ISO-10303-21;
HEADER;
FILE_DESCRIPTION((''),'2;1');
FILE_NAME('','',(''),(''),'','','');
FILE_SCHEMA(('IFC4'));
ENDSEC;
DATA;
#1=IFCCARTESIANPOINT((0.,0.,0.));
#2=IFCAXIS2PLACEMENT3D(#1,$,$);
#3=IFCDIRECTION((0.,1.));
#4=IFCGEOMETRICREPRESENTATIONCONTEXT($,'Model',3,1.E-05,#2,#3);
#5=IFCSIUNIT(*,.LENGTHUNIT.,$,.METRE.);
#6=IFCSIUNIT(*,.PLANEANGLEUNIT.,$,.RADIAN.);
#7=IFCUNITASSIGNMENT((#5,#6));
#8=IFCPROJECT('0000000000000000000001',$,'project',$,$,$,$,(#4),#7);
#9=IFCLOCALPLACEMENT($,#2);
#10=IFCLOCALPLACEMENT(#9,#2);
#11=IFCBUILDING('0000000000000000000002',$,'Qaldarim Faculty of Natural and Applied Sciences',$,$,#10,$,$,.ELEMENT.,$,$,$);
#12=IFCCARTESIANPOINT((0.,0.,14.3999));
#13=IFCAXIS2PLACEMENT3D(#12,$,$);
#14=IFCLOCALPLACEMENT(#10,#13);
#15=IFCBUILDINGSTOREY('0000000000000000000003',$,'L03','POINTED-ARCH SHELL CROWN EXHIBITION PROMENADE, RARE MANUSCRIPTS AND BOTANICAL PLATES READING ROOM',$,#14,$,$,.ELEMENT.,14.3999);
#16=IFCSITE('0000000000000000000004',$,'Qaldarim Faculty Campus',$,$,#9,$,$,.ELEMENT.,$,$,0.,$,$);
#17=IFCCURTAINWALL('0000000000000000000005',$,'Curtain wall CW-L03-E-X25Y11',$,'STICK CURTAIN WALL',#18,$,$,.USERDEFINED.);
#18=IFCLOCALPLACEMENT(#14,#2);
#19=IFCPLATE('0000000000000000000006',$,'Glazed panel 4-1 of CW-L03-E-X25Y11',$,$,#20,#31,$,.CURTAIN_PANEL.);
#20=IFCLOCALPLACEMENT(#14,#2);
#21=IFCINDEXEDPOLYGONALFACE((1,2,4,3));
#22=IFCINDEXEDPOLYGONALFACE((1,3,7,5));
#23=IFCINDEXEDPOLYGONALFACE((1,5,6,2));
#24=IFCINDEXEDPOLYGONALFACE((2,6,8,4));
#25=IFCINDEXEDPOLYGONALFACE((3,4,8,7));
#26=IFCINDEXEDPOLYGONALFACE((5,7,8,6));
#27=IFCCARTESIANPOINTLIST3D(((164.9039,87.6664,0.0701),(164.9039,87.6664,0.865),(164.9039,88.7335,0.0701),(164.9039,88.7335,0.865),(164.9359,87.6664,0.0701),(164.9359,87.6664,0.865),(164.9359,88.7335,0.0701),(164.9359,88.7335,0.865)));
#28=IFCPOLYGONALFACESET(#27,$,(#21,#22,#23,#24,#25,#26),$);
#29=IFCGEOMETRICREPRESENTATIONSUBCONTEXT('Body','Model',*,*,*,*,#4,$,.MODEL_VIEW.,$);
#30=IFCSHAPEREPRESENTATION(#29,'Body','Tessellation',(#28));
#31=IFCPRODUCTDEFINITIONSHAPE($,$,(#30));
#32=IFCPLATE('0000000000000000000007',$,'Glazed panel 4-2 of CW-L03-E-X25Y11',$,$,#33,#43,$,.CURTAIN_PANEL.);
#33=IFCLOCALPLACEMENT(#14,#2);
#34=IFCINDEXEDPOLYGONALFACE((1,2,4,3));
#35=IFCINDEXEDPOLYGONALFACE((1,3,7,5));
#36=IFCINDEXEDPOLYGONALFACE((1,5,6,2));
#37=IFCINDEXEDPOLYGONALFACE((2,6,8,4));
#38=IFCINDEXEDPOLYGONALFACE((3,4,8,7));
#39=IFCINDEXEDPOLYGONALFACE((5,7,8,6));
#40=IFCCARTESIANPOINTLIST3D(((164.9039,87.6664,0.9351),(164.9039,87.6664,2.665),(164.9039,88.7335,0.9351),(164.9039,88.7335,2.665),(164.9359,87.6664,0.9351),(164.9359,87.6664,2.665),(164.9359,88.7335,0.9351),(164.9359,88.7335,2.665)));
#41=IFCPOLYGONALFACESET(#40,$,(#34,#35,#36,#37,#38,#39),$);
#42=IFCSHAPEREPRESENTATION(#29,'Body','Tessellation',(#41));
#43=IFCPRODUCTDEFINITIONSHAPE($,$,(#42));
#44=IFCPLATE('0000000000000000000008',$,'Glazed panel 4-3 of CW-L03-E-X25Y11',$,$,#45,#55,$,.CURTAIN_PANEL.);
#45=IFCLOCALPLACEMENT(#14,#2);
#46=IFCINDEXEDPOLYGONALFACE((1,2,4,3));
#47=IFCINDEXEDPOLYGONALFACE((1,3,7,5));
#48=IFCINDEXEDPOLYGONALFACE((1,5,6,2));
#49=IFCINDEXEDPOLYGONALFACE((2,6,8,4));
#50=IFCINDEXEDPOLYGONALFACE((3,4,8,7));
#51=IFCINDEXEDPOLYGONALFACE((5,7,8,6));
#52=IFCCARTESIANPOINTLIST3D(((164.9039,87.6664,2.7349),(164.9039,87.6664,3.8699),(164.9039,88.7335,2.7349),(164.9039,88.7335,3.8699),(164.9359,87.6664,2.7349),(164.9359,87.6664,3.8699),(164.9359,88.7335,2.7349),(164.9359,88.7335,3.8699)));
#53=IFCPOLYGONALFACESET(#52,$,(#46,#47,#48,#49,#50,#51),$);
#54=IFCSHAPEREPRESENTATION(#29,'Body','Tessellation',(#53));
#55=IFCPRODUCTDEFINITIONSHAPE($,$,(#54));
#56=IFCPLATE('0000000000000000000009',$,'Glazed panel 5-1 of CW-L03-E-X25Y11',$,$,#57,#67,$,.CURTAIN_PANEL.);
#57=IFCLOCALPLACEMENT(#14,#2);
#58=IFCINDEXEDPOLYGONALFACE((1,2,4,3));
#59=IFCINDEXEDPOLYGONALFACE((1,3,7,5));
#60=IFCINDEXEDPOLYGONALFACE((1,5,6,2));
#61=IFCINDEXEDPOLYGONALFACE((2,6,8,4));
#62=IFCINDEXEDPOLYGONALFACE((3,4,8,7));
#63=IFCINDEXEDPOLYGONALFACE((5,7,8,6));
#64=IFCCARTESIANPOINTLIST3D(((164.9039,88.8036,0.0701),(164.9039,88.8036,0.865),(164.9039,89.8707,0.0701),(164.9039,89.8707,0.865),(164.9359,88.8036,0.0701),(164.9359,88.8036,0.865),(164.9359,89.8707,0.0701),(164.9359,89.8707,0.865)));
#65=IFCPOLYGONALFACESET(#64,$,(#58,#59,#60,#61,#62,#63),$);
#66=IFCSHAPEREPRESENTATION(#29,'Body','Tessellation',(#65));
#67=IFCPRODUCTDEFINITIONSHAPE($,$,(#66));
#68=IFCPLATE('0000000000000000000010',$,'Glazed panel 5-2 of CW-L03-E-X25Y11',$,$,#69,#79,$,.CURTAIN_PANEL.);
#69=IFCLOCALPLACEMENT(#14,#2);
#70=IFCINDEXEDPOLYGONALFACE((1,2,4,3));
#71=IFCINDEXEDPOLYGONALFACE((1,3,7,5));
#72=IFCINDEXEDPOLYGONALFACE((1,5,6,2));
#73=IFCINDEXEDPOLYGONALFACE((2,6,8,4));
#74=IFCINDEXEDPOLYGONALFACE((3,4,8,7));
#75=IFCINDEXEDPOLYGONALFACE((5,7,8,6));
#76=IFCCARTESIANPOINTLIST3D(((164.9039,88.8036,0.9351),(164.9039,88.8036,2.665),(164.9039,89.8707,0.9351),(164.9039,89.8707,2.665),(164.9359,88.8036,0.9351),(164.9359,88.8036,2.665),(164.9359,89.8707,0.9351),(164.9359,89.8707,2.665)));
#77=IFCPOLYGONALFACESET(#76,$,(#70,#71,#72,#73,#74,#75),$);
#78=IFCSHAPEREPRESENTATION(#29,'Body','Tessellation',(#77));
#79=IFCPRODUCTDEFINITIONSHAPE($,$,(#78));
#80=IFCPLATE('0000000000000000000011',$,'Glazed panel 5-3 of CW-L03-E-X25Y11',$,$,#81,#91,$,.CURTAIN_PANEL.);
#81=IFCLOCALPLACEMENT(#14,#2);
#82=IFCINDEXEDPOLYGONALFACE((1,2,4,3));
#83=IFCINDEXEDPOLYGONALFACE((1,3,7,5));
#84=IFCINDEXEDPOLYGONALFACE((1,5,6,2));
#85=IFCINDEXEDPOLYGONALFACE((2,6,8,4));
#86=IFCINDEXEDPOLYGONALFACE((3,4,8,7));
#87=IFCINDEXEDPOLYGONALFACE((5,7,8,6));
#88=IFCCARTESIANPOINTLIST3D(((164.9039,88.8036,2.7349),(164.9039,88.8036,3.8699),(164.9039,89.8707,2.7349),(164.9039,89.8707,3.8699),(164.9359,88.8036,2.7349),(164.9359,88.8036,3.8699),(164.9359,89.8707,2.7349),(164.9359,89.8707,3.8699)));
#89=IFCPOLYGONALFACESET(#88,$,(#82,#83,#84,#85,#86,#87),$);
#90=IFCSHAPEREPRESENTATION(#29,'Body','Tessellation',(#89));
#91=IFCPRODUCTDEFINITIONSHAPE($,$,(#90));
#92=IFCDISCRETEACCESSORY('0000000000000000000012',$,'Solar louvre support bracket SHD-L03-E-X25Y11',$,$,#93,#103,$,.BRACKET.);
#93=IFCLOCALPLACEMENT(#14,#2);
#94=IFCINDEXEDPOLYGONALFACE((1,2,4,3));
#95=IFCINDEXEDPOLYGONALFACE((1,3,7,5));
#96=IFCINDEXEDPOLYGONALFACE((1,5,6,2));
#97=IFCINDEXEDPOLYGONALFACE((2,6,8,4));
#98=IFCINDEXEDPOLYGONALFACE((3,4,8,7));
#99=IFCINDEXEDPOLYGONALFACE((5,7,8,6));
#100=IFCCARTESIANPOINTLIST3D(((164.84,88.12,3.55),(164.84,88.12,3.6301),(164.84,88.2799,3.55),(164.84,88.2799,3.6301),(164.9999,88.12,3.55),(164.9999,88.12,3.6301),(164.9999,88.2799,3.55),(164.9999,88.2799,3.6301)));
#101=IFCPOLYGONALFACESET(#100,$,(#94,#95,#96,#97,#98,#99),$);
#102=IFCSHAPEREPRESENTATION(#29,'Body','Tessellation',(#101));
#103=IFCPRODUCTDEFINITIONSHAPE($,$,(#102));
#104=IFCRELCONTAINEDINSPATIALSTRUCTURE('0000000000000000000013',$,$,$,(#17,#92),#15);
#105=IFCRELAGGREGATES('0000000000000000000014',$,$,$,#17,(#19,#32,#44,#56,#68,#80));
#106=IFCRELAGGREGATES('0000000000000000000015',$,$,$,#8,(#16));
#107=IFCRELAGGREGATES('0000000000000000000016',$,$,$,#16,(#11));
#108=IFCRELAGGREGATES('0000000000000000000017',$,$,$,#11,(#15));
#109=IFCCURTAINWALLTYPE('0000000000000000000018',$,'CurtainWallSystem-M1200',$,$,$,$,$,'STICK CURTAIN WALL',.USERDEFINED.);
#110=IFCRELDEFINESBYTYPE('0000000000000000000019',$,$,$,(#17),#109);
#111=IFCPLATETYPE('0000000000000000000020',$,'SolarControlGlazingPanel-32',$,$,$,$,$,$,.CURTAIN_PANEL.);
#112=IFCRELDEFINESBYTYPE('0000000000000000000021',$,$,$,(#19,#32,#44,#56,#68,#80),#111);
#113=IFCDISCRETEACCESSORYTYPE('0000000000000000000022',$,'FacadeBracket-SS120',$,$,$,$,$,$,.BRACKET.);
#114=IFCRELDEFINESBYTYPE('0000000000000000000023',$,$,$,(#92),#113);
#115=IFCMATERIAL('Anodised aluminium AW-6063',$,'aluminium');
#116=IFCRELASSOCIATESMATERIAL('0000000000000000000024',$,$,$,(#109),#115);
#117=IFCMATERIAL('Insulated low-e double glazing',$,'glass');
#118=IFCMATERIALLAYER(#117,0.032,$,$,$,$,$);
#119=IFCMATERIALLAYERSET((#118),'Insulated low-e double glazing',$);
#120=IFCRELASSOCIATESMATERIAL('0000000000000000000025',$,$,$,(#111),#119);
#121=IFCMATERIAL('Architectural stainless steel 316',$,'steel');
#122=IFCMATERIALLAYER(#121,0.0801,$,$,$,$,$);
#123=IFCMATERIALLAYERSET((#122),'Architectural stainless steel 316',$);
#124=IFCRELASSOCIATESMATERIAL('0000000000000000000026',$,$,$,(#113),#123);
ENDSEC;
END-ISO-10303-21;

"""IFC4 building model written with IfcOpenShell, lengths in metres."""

from ifc_helpers import new_model, si_unit, direction, frame, origin, origin_2d, place, context, subcontext, project, spatial, rectangle, extrude, material, layer, layer_set, type_object, element, aggregate, save


model = new_model("IFC4")

# Units and contexts
model_context = context("Model", 3, precision=1e-05, world=origin(), true_north=direction((0.0, 1.0)))
body_context = subcontext(model_context, "Body", "Model", "MODEL_VIEW")
ifc_project = project(units=[si_unit("LENGTHUNIT", "METRE"), si_unit("PLANEANGLEUNIT", "RADIAN")], contexts=[model_context])

# Site, building, storey
site_placement = place(None, origin())
site = spatial("IfcSite", under=ifc_project, at=site_placement, Name="Qaldarim Faculty Campus", CompositionType="ELEMENT", RefElevation=0.0)
building_placement = place(site_placement, origin())
building = spatial("IfcBuilding", under=site, at=building_placement, Name="Qaldarim Faculty of Natural and Applied Sciences", CompositionType="ELEMENT")
storey_placement = place(building_placement, frame((0.0, 0.0, 14.3999)))
storey = spatial("IfcBuildingStorey", under=building, at=storey_placement, Name="L03", Description="POINTED-ARCH SHELL CROWN EXHIBITION PROMENADE, RARE MANUSCRIPTS AND BOTANICAL PLATES READING ROOM", CompositionType="ELEMENT", Elevation=14.3999)

# Curtain wall, plates
ifc_material_1 = material(Name="Anodised aluminium AW-6063", Category="aluminium")
curtain_wall_type = type_object("IfcCurtainWallType", Name="CurtainWallSystem-M1200", ElementType="STICK CURTAIN WALL", PredefinedType="USERDEFINED", material=ifc_material_1)
curtain_wall_placement = place(storey_placement, origin())
curtain_wall = element("IfcCurtainWall", 1, at=curtain_wall_placement, inside=storey, type_object=curtain_wall_type, Name="Curtain wall CW-L03-E-X25Y11", ObjectType="STICK CURTAIN WALL", PredefinedType="USERDEFINED")
ifc_material_2 = material(Name="Insulated low-e double glazing", Category="glass")
ifc_layer_1 = layer(ifc_material_2, 0.032)
ifc_layer_set_1 = layer_set([ifc_layer_1], Name="Insulated low-e double glazing")
plate_type = type_object("IfcPlateType", Name="SolarControlGlazingPanel-32", PredefinedType="CURTAIN_PANEL", material=ifc_layer_set_1)
plate_1_placement = place(storey_placement, frame((164.9199, 88.2, 0.0701), z_axis=(0.0, 0.0, 1.0), x_axis=(0.0, 1.0, 0.0)))
plate_1 = element("IfcPlate", 2, at=plate_1_placement, type_object=plate_type, Name="Glazed panel 4-1 of CW-L03-E-X25Y11", PredefinedType="CURTAIN_PANEL", context=body_context, shape_type="SweptSolid", body=[
    extrude(rectangle(XDim=1.0671, YDim=0.032, at=origin_2d()), origin(), (0.0, 0.0, 1.0), 0.7949),
])
plate_2_placement = place(storey_placement, frame((164.9199, 88.2, 0.9351), z_axis=(0.0, 0.0, 1.0), x_axis=(0.0, 1.0, 0.0)))
plate_2 = element("IfcPlate", 3, at=plate_2_placement, type_object=plate_type, Name="Glazed panel 4-2 of CW-L03-E-X25Y11", PredefinedType="CURTAIN_PANEL", context=body_context, shape_type="SweptSolid", body=[
    extrude(rectangle(XDim=1.0671, YDim=0.032, at=origin_2d()), origin(), (0.0, 0.0, 1.0), 1.73),
])
plate_3_placement = place(storey_placement, frame((164.9199, 88.2, 2.7349), z_axis=(0.0, 0.0, 1.0), x_axis=(0.0, 1.0, 0.0)))
plate_3 = element("IfcPlate", 4, at=plate_3_placement, type_object=plate_type, Name="Glazed panel 4-3 of CW-L03-E-X25Y11", PredefinedType="CURTAIN_PANEL", context=body_context, shape_type="SweptSolid", body=[
    extrude(rectangle(XDim=1.0671, YDim=0.032, at=origin_2d()), origin(), (0.0, 0.0, 1.0), 1.135),
])
plate_4_placement = place(storey_placement, frame((164.9199, 89.3372, 0.0701), z_axis=(0.0, 0.0, 1.0), x_axis=(0.0, 1.0, 0.0)))
plate_4 = element("IfcPlate", 5, at=plate_4_placement, type_object=plate_type, Name="Glazed panel 5-1 of CW-L03-E-X25Y11", PredefinedType="CURTAIN_PANEL", context=body_context, shape_type="SweptSolid", body=[
    extrude(rectangle(XDim=1.0671, YDim=0.032, at=origin_2d()), origin(), (0.0, 0.0, 1.0), 0.7949),
])
plate_5_placement = place(storey_placement, frame((164.9199, 89.3372, 0.9351), z_axis=(0.0, 0.0, 1.0), x_axis=(0.0, 1.0, 0.0)))
plate_5 = element("IfcPlate", 6, at=plate_5_placement, type_object=plate_type, Name="Glazed panel 5-2 of CW-L03-E-X25Y11", PredefinedType="CURTAIN_PANEL", context=body_context, shape_type="SweptSolid", body=[
    extrude(rectangle(XDim=1.0671, YDim=0.032, at=origin_2d()), origin(), (0.0, 0.0, 1.0), 1.73),
])
plate_6_placement = place(storey_placement, frame((164.9199, 89.3372, 2.7349), z_axis=(0.0, 0.0, 1.0), x_axis=(0.0, 1.0, 0.0)))
plate_6 = element("IfcPlate", 7, at=plate_6_placement, type_object=plate_type, Name="Glazed panel 5-3 of CW-L03-E-X25Y11", PredefinedType="CURTAIN_PANEL", context=body_context, shape_type="SweptSolid", body=[
    extrude(rectangle(XDim=1.0671, YDim=0.032, at=origin_2d()), origin(), (0.0, 0.0, 1.0), 1.135),
])
aggregate(curtain_wall, [plate_1, plate_2, plate_3, plate_4, plate_5, plate_6])

# Discrete accessory
ifc_material_3 = material(Name="Architectural stainless steel 316", Category="steel")
ifc_layer_2 = layer(ifc_material_3, 0.0801)
ifc_layer_set_2 = layer_set([ifc_layer_2], Name="Architectural stainless steel 316")
discrete_accessory_type = type_object("IfcDiscreteAccessoryType", Name="FacadeBracket-SS120", PredefinedType="BRACKET", material=ifc_layer_set_2)
discrete_accessory_placement = place(storey_placement, frame((164.9199, 88.2, 3.55), z_axis=(0.0, 0.0, 1.0), x_axis=(0.0, 1.0, 0.0)))
element("IfcDiscreteAccessory", 8, at=discrete_accessory_placement, inside=storey, type_object=discrete_accessory_type, Name="Solar louvre support bracket SHD-L03-E-X25Y11", PredefinedType="BRACKET", context=body_context, shape_type="SweptSolid", body=[
    extrude(rectangle(XDim=0.1599, YDim=0.1599, at=origin_2d()), origin(), (0.0, 0.0, 1.0), 0.0801),
])

save(model, "model.ifc")
